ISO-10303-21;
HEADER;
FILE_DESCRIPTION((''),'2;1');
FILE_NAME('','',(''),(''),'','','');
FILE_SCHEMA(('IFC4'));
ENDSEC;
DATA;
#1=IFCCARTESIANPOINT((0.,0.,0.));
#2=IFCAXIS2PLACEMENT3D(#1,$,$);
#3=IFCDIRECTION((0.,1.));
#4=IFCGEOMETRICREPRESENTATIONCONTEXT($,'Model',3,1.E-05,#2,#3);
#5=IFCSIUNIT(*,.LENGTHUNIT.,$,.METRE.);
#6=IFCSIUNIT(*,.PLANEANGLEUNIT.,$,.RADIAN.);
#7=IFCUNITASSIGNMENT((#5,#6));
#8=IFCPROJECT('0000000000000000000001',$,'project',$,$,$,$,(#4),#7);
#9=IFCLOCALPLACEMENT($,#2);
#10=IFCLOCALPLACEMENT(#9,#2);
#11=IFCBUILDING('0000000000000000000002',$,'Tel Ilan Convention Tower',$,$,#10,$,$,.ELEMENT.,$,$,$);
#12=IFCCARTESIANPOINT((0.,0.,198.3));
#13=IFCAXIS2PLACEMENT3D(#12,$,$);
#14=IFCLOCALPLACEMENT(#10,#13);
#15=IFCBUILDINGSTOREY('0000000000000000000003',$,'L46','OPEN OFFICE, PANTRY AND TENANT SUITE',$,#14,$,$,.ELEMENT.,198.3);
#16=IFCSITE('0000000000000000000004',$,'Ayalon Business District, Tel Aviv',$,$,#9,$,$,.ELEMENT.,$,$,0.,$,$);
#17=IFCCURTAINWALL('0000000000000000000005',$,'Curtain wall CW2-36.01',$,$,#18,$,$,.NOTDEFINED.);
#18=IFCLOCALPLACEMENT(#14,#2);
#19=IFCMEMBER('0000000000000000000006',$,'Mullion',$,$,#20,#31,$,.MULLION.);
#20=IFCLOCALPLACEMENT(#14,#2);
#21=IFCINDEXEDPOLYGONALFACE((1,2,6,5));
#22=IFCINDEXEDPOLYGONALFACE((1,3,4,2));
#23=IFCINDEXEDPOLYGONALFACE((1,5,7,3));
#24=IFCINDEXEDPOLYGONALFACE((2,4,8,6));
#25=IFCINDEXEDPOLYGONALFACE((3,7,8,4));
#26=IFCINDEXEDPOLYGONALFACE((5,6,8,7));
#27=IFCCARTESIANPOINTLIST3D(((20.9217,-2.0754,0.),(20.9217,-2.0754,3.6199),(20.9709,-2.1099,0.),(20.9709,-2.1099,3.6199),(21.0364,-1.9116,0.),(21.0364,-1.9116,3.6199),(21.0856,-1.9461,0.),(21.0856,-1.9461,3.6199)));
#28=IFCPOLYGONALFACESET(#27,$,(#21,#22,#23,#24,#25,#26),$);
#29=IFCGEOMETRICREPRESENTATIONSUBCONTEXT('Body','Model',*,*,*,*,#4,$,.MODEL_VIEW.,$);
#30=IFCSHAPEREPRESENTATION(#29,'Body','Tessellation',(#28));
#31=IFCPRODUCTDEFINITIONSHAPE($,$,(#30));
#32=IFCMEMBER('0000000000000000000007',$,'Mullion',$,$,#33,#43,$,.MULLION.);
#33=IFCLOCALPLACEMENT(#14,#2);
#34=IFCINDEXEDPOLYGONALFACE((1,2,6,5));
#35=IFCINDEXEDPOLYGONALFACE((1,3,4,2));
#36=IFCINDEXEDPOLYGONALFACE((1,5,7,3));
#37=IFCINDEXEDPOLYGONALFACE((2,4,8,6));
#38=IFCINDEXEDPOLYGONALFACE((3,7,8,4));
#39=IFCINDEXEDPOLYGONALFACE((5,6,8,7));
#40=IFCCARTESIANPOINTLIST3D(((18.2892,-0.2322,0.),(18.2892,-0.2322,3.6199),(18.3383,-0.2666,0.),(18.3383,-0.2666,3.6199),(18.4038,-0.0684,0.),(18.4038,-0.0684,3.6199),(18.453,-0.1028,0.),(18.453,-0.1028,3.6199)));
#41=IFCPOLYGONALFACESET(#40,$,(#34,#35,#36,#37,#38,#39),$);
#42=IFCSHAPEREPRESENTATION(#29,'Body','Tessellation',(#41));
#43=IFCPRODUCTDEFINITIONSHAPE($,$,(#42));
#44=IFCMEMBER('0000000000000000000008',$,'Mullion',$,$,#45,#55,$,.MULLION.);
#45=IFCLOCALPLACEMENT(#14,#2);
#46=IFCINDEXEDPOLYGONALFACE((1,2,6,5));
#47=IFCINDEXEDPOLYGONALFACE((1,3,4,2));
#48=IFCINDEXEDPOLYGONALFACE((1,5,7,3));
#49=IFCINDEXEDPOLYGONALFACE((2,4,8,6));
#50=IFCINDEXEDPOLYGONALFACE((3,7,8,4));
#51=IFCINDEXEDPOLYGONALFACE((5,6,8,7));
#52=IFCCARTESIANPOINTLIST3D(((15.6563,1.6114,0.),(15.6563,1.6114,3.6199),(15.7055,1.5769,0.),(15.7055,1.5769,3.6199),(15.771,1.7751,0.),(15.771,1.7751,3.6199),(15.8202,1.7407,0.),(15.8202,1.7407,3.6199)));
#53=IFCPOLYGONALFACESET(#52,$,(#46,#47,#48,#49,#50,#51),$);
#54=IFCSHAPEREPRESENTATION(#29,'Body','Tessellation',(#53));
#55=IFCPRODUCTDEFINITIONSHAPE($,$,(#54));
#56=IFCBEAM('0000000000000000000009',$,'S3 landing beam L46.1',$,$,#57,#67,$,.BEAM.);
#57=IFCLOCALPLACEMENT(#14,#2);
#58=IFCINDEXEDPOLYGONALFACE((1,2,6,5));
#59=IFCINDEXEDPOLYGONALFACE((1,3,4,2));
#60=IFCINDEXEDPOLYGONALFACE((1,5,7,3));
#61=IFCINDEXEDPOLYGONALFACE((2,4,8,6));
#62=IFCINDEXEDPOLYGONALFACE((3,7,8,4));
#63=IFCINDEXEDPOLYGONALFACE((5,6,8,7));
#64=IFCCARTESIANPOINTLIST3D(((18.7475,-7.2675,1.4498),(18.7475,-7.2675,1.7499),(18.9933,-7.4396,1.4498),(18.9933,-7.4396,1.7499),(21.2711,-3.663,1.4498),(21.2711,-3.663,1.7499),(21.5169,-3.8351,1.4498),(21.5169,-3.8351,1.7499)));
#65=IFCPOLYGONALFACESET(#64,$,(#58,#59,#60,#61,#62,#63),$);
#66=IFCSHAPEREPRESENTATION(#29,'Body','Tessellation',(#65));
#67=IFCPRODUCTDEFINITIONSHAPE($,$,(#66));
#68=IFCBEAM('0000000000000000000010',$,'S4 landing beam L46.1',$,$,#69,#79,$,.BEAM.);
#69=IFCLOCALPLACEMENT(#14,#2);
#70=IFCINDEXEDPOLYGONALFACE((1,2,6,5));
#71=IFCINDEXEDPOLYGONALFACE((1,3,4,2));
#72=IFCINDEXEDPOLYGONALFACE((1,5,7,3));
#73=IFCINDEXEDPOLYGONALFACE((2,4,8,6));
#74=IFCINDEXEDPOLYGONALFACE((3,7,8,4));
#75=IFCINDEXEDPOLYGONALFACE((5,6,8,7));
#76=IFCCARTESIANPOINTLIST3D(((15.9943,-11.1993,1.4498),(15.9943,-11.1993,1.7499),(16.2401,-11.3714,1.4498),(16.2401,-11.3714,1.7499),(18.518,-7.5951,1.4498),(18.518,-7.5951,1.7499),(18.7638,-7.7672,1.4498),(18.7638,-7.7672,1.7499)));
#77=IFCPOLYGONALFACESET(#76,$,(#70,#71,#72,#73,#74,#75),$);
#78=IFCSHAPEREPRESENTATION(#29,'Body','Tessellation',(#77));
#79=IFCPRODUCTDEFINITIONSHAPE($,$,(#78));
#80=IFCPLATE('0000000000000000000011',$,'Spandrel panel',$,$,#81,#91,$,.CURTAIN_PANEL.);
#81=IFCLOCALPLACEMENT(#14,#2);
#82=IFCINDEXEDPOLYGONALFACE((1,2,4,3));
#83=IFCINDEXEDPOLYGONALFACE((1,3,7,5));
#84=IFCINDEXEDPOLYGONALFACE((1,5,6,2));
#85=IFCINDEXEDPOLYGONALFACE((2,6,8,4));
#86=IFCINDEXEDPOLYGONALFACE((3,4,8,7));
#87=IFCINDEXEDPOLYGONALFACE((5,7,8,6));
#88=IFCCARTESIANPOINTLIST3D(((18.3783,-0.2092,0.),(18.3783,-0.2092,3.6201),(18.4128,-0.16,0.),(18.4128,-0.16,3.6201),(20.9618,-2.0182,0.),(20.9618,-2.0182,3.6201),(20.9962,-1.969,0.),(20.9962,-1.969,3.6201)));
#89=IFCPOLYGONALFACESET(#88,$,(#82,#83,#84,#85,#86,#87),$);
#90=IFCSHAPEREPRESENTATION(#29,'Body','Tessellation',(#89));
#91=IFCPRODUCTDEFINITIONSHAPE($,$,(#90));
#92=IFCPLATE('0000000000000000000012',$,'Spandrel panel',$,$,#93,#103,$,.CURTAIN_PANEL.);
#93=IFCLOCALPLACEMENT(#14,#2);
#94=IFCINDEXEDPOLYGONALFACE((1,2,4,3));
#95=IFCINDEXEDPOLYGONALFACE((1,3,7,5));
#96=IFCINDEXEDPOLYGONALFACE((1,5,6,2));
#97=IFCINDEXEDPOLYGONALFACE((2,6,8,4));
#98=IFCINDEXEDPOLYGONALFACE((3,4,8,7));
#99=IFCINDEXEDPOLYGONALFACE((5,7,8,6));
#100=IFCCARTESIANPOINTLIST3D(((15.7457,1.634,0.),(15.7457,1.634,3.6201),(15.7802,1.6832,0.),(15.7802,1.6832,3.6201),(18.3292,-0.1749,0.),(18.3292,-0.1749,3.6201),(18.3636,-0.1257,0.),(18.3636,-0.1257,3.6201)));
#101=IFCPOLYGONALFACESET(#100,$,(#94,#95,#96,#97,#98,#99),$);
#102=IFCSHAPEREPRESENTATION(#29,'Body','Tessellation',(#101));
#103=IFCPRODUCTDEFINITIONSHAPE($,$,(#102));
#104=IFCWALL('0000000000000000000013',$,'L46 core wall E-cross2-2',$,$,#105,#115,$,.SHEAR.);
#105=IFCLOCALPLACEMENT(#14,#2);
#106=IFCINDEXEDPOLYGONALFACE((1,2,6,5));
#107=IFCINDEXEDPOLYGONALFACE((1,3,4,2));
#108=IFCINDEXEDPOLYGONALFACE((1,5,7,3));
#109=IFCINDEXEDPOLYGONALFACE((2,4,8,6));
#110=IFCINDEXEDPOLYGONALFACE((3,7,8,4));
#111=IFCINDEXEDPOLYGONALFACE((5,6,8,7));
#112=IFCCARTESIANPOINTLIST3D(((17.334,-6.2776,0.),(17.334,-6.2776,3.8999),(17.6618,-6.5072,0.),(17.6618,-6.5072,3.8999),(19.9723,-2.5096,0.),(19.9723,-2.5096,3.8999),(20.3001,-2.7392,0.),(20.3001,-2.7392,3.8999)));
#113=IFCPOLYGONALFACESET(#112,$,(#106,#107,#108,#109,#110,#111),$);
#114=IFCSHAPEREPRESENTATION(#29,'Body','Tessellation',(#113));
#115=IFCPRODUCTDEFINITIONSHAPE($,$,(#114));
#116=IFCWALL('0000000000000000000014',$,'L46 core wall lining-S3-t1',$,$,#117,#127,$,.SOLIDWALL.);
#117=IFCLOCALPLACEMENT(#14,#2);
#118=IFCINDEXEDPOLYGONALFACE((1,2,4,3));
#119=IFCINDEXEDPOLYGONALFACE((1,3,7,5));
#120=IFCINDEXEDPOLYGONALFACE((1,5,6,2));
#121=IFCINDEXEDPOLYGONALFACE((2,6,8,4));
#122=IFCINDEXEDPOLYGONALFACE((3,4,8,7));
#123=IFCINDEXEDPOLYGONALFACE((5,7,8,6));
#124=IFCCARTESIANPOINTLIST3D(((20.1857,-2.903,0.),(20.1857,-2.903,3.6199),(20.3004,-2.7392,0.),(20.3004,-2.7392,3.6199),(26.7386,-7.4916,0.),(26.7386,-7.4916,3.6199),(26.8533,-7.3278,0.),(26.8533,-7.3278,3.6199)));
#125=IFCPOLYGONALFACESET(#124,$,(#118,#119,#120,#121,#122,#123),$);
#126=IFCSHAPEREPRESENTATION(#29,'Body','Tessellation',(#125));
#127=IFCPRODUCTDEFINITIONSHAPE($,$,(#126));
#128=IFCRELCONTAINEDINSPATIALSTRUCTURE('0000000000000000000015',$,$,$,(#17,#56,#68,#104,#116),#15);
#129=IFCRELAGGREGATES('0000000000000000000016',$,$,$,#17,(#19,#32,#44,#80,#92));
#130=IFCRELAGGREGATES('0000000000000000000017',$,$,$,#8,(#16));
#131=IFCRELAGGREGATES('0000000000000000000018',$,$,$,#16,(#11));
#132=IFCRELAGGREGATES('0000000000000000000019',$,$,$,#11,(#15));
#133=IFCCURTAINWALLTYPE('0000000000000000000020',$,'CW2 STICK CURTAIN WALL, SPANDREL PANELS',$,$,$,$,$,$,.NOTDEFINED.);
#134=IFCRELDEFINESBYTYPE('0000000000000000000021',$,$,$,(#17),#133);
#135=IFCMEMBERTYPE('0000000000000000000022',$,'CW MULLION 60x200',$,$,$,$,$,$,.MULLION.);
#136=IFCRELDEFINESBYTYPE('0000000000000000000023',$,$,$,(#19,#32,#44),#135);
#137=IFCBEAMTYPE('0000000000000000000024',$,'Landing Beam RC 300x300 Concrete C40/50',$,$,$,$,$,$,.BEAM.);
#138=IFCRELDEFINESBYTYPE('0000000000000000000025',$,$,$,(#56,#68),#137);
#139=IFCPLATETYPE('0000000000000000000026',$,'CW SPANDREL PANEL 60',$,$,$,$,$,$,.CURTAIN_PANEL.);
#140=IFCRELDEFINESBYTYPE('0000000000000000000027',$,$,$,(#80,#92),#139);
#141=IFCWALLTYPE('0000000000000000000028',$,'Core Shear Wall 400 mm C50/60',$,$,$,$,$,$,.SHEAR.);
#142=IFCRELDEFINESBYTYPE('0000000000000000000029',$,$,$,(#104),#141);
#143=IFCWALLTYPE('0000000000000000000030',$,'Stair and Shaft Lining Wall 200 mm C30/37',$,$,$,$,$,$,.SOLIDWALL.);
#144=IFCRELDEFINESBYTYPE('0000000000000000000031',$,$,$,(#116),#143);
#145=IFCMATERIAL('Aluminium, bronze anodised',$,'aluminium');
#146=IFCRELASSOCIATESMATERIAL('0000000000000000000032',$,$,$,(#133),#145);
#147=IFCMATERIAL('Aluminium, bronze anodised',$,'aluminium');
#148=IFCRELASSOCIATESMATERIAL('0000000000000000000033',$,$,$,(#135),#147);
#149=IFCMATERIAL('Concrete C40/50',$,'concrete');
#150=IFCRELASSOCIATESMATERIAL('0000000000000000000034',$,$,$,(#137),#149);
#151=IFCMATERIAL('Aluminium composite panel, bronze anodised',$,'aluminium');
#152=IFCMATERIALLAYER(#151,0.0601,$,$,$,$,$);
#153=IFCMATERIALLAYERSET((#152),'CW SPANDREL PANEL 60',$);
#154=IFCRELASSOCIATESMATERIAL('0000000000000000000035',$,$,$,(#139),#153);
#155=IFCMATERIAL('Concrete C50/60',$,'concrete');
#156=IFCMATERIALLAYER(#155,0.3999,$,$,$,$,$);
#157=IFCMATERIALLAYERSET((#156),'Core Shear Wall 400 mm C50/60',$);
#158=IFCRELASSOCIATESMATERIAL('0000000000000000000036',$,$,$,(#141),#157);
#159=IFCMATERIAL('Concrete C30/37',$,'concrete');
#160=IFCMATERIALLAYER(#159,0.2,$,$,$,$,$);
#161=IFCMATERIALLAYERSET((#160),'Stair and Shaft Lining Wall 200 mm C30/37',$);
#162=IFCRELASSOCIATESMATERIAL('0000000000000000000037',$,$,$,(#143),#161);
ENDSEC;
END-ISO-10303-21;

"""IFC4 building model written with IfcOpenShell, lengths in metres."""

from ifc_helpers import new_model, si_unit, direction, frame, frame_2d, origin, origin_2d, place, context, subcontext, project, spatial, polyline, rectangle, outline, extrude, material, layer, layer_set, material_profile, profile_set, type_object, element, aggregate, save


model = new_model("IFC4")

# Units and contexts
model_context = context("Model", 3, precision=1e-05, world=origin(), true_north=direction((0.0, 1.0)))
body_context = subcontext(model_context, "Body", "Model", "MODEL_VIEW")
ifc_project = project(units=[si_unit("LENGTHUNIT", "METRE"), si_unit("PLANEANGLEUNIT", "RADIAN")], contexts=[model_context])

# Site, building, storey
site_placement = place(None, origin())
site = spatial("IfcSite", under=ifc_project, at=site_placement, Name="Ayalon Business District, Tel Aviv", CompositionType="ELEMENT", RefElevation=0.0)
building_placement = place(site_placement, origin())
building = spatial("IfcBuilding", under=site, at=building_placement, Name="Tel Ilan Convention Tower", CompositionType="ELEMENT")
storey_placement = place(building_placement, frame((0.0, 0.0, 198.3)))
storey = spatial("IfcBuildingStorey", under=building, at=storey_placement, Name="L46", Description="OPEN OFFICE, PANTRY AND TENANT SUITE", CompositionType="ELEMENT", Elevation=198.3)

# Curtain wall, members
ifc_material_1 = material(Name="Aluminium, bronze anodised", Category="aluminium")
curtain_wall_type = type_object("IfcCurtainWallType", Name="CW2 STICK CURTAIN WALL, SPANDREL PANELS", PredefinedType="NOTDEFINED", material=ifc_material_1)
curtain_wall_placement = place(storey_placement, origin())
curtain_wall = element("IfcCurtainWall", 1, at=curtain_wall_placement, inside=storey, type_object=curtain_wall_type, Name="Curtain wall CW2-36.01", PredefinedType="NOTDEFINED")
ifc_material_2 = material(Name="Aluminium, bronze anodised", Category="aluminium")
ifc_material_profile_1 = material_profile(ifc_material_2, rectangle(XDim=0.0601, YDim=0.2, at=origin_2d()), Name="CW MULLION 60x200")
ifc_profile_set_1 = profile_set([ifc_material_profile_1], Name="Aluminium, bronze anodised")
member_type = type_object("IfcMemberType", Name="CW MULLION 60x200", PredefinedType="MULLION", material=ifc_profile_set_1)
member_1_placement = place(storey_placement, frame((21.0037, -2.0107, 0.0), z_axis=(0.0, 0.0, 1.0), x_axis=(-0.819152, 0.573576, 0.0)))
member_1 = element("IfcMember", 2, at=member_1_placement, type_object=member_type, Name="Mullion", PredefinedType="MULLION", context=body_context, shape_type="SweptSolid", body=[
    extrude(rectangle(XDim=0.0601, YDim=0.2, at=origin_2d()), origin(), (0.0, 0.0, 1.0), 3.6199),
])
member_2_placement = place(storey_placement, frame((18.3711, -0.1675, 0.0), z_axis=(0.0, 0.0, 1.0), x_axis=(-0.819152, 0.573576, 0.0)))
member_2 = element("IfcMember", 3, at=member_2_placement, type_object=member_type, Name="Mullion", PredefinedType="MULLION", context=body_context, shape_type="SweptSolid", body=[
    extrude(rectangle(XDim=0.0601, YDim=0.2, at=origin_2d()), origin(), (0.0, 0.0, 1.0), 3.6199),
])
member_3_placement = place(storey_placement, frame((15.7383, 1.676, 0.0), z_axis=(0.0, 0.0, 1.0), x_axis=(-0.819152, 0.573576, 0.0)))
member_3 = element("IfcMember", 4, at=member_3_placement, type_object=member_type, Name="Mullion", PredefinedType="MULLION", context=body_context, shape_type="SweptSolid", body=[
    extrude(rectangle(XDim=0.0601, YDim=0.2, at=origin_2d()), origin(), (0.0, 0.0, 1.0), 3.6199),
])

# Beams
ifc_material_3 = material(Name="Concrete C40/50", Category="concrete")
ifc_material_profile_2 = material_profile(ifc_material_3, rectangle(XDim=0.3, YDim=0.3, at=origin_2d()), Name="RC 300x300")
ifc_profile_set_2 = profile_set([ifc_material_profile_2], Name="Concrete C40/50")
beam_type = type_object("IfcBeamType", Name="Landing Beam RC 300x300 Concrete C40/50", PredefinedType="BEAM", material=ifc_profile_set_2)
beam_1_placement = place(storey_placement, frame((21.394, -3.749, 1.5999), z_axis=(-0.573544, -0.819175, 0.0), x_axis=(0.819175, -0.573544, 0.0)))
element("IfcBeam", 5, at=beam_1_placement, inside=storey, type_object=beam_type, Name="S3 landing beam L46.1", PredefinedType="BEAM", context=body_context, shape_type="SweptSolid", body=[
    extrude(rectangle(XDim=0.3, YDim=0.3, at=origin_2d()), origin(), (0.0, 0.0, 1.0), 4.4001),
])
beam_2_placement = place(storey_placement, frame((18.6409, -7.6812, 1.5999), z_axis=(-0.57357, -0.819156, 0.0), x_axis=(0.819156, -0.57357, 0.0)))
element("IfcBeam", 6, at=beam_2_placement, inside=storey, type_object=beam_type, Name="S4 landing beam L46.1", PredefinedType="BEAM", context=body_context, shape_type="SweptSolid", body=[
    extrude(rectangle(XDim=0.3, YDim=0.3, at=origin_2d()), origin(), (0.0, 0.0, 1.0), 4.3999),
])

# Plates
ifc_material_4 = material(Name="Aluminium composite panel, bronze anodised", Category="aluminium")
ifc_layer_1 = layer(ifc_material_4, 0.0601)
ifc_layer_set_1 = layer_set([ifc_layer_1], Name="CW SPANDREL PANEL 60")
plate_type = type_object("IfcPlateType", Name="CW SPANDREL PANEL 60", PredefinedType="CURTAIN_PANEL", material=ifc_layer_set_1)
plate_1_placement = place(storey_placement, frame((19.6873, -1.0891, 0.0), z_axis=(0.0, 0.0, 1.0), x_axis=(-0.819152, 0.573576, 0.0)))
plate_1 = element("IfcPlate", 7, at=plate_1_placement, type_object=plate_type, Name="Spandrel panel", PredefinedType="CURTAIN_PANEL", context=body_context, shape_type="SweptSolid", body=[
    extrude(rectangle(XDim=3.1538, YDim=0.0601, at=origin_2d()), origin(), (0.0, 0.0, 1.0), 3.6201),
])
plate_2_placement = place(storey_placement, frame((17.0547, 0.7542, 0.0), z_axis=(0.0, 0.0, 1.0), x_axis=(-0.819152, 0.573576, 0.0)))
plate_2 = element("IfcPlate", 8, at=plate_2_placement, type_object=plate_type, Name="Spandrel panel", PredefinedType="CURTAIN_PANEL", context=body_context, shape_type="SweptSolid", body=[
    extrude(rectangle(XDim=3.1538, YDim=0.0601, at=origin_2d()), origin(), (0.0, 0.0, 1.0), 3.6201),
])
aggregate(curtain_wall, [member_1, member_2, member_3, plate_1, plate_2])

# Walls
ifc_material_5 = material(Name="Concrete C50/60", Category="concrete")
ifc_layer_2 = layer(ifc_material_5, 0.3999)
ifc_layer_set_2 = layer_set([ifc_layer_2], Name="Core Shear Wall 400 mm C50/60")
wall_type_1 = type_object("IfcWallType", Name="Core Shear Wall 400 mm C50/60", PredefinedType="SHEAR", material=ifc_layer_set_2)
wall_1_placement = place(storey_placement, frame((17.4978, -6.3923, 0.0), z_axis=(0.0, 0.0, 1.0), x_axis=(0.573612, 0.819127, 0.0)))
element("IfcWall", 9, at=wall_1_placement, inside=storey, type_object=wall_type_1, Name="L46 core wall E-cross2-2", PredefinedType="SHEAR", context=body_context, shape_type="SweptSolid", body=[
    extrude(outline(polyline([(4.5999, -0.2), (4.5999, 0.2002), (0.0, 0.2), (0.0, -0.2002), (4.5999, -0.2)])), origin(), (0.0, 0.0, 1.0), 3.8999),
])
ifc_material_6 = material(Name="Concrete C30/37", Category="concrete")
ifc_layer_3 = layer(ifc_material_6, 0.2)
ifc_layer_set_3 = layer_set([ifc_layer_3], Name="Stair and Shaft Lining Wall 200 mm C30/37")
wall_type_2 = type_object("IfcWallType", Name="Stair and Shaft Lining Wall 200 mm C30/37", PredefinedType="SOLIDWALL", material=ifc_layer_set_3)
wall_2_placement = place(storey_placement, frame((20.2429, -2.821, 0.0), z_axis=(0.0, 0.0, 1.0), x_axis=(0.819142, -0.573591, 0.0)))
element("IfcWall", 10, at=wall_2_placement, inside=storey, type_object=wall_type_2, Name="L46 core wall lining-S3-t1", PredefinedType="SOLIDWALL", context=body_context, shape_type="SweptSolid", body=[
    extrude(rectangle(XDim=7.9998, YDim=0.2, at=frame_2d((4.0, 0.0))), origin(), (0.0, 0.0, 1.0), 3.6199),
])

save(model, "model.ifc")
